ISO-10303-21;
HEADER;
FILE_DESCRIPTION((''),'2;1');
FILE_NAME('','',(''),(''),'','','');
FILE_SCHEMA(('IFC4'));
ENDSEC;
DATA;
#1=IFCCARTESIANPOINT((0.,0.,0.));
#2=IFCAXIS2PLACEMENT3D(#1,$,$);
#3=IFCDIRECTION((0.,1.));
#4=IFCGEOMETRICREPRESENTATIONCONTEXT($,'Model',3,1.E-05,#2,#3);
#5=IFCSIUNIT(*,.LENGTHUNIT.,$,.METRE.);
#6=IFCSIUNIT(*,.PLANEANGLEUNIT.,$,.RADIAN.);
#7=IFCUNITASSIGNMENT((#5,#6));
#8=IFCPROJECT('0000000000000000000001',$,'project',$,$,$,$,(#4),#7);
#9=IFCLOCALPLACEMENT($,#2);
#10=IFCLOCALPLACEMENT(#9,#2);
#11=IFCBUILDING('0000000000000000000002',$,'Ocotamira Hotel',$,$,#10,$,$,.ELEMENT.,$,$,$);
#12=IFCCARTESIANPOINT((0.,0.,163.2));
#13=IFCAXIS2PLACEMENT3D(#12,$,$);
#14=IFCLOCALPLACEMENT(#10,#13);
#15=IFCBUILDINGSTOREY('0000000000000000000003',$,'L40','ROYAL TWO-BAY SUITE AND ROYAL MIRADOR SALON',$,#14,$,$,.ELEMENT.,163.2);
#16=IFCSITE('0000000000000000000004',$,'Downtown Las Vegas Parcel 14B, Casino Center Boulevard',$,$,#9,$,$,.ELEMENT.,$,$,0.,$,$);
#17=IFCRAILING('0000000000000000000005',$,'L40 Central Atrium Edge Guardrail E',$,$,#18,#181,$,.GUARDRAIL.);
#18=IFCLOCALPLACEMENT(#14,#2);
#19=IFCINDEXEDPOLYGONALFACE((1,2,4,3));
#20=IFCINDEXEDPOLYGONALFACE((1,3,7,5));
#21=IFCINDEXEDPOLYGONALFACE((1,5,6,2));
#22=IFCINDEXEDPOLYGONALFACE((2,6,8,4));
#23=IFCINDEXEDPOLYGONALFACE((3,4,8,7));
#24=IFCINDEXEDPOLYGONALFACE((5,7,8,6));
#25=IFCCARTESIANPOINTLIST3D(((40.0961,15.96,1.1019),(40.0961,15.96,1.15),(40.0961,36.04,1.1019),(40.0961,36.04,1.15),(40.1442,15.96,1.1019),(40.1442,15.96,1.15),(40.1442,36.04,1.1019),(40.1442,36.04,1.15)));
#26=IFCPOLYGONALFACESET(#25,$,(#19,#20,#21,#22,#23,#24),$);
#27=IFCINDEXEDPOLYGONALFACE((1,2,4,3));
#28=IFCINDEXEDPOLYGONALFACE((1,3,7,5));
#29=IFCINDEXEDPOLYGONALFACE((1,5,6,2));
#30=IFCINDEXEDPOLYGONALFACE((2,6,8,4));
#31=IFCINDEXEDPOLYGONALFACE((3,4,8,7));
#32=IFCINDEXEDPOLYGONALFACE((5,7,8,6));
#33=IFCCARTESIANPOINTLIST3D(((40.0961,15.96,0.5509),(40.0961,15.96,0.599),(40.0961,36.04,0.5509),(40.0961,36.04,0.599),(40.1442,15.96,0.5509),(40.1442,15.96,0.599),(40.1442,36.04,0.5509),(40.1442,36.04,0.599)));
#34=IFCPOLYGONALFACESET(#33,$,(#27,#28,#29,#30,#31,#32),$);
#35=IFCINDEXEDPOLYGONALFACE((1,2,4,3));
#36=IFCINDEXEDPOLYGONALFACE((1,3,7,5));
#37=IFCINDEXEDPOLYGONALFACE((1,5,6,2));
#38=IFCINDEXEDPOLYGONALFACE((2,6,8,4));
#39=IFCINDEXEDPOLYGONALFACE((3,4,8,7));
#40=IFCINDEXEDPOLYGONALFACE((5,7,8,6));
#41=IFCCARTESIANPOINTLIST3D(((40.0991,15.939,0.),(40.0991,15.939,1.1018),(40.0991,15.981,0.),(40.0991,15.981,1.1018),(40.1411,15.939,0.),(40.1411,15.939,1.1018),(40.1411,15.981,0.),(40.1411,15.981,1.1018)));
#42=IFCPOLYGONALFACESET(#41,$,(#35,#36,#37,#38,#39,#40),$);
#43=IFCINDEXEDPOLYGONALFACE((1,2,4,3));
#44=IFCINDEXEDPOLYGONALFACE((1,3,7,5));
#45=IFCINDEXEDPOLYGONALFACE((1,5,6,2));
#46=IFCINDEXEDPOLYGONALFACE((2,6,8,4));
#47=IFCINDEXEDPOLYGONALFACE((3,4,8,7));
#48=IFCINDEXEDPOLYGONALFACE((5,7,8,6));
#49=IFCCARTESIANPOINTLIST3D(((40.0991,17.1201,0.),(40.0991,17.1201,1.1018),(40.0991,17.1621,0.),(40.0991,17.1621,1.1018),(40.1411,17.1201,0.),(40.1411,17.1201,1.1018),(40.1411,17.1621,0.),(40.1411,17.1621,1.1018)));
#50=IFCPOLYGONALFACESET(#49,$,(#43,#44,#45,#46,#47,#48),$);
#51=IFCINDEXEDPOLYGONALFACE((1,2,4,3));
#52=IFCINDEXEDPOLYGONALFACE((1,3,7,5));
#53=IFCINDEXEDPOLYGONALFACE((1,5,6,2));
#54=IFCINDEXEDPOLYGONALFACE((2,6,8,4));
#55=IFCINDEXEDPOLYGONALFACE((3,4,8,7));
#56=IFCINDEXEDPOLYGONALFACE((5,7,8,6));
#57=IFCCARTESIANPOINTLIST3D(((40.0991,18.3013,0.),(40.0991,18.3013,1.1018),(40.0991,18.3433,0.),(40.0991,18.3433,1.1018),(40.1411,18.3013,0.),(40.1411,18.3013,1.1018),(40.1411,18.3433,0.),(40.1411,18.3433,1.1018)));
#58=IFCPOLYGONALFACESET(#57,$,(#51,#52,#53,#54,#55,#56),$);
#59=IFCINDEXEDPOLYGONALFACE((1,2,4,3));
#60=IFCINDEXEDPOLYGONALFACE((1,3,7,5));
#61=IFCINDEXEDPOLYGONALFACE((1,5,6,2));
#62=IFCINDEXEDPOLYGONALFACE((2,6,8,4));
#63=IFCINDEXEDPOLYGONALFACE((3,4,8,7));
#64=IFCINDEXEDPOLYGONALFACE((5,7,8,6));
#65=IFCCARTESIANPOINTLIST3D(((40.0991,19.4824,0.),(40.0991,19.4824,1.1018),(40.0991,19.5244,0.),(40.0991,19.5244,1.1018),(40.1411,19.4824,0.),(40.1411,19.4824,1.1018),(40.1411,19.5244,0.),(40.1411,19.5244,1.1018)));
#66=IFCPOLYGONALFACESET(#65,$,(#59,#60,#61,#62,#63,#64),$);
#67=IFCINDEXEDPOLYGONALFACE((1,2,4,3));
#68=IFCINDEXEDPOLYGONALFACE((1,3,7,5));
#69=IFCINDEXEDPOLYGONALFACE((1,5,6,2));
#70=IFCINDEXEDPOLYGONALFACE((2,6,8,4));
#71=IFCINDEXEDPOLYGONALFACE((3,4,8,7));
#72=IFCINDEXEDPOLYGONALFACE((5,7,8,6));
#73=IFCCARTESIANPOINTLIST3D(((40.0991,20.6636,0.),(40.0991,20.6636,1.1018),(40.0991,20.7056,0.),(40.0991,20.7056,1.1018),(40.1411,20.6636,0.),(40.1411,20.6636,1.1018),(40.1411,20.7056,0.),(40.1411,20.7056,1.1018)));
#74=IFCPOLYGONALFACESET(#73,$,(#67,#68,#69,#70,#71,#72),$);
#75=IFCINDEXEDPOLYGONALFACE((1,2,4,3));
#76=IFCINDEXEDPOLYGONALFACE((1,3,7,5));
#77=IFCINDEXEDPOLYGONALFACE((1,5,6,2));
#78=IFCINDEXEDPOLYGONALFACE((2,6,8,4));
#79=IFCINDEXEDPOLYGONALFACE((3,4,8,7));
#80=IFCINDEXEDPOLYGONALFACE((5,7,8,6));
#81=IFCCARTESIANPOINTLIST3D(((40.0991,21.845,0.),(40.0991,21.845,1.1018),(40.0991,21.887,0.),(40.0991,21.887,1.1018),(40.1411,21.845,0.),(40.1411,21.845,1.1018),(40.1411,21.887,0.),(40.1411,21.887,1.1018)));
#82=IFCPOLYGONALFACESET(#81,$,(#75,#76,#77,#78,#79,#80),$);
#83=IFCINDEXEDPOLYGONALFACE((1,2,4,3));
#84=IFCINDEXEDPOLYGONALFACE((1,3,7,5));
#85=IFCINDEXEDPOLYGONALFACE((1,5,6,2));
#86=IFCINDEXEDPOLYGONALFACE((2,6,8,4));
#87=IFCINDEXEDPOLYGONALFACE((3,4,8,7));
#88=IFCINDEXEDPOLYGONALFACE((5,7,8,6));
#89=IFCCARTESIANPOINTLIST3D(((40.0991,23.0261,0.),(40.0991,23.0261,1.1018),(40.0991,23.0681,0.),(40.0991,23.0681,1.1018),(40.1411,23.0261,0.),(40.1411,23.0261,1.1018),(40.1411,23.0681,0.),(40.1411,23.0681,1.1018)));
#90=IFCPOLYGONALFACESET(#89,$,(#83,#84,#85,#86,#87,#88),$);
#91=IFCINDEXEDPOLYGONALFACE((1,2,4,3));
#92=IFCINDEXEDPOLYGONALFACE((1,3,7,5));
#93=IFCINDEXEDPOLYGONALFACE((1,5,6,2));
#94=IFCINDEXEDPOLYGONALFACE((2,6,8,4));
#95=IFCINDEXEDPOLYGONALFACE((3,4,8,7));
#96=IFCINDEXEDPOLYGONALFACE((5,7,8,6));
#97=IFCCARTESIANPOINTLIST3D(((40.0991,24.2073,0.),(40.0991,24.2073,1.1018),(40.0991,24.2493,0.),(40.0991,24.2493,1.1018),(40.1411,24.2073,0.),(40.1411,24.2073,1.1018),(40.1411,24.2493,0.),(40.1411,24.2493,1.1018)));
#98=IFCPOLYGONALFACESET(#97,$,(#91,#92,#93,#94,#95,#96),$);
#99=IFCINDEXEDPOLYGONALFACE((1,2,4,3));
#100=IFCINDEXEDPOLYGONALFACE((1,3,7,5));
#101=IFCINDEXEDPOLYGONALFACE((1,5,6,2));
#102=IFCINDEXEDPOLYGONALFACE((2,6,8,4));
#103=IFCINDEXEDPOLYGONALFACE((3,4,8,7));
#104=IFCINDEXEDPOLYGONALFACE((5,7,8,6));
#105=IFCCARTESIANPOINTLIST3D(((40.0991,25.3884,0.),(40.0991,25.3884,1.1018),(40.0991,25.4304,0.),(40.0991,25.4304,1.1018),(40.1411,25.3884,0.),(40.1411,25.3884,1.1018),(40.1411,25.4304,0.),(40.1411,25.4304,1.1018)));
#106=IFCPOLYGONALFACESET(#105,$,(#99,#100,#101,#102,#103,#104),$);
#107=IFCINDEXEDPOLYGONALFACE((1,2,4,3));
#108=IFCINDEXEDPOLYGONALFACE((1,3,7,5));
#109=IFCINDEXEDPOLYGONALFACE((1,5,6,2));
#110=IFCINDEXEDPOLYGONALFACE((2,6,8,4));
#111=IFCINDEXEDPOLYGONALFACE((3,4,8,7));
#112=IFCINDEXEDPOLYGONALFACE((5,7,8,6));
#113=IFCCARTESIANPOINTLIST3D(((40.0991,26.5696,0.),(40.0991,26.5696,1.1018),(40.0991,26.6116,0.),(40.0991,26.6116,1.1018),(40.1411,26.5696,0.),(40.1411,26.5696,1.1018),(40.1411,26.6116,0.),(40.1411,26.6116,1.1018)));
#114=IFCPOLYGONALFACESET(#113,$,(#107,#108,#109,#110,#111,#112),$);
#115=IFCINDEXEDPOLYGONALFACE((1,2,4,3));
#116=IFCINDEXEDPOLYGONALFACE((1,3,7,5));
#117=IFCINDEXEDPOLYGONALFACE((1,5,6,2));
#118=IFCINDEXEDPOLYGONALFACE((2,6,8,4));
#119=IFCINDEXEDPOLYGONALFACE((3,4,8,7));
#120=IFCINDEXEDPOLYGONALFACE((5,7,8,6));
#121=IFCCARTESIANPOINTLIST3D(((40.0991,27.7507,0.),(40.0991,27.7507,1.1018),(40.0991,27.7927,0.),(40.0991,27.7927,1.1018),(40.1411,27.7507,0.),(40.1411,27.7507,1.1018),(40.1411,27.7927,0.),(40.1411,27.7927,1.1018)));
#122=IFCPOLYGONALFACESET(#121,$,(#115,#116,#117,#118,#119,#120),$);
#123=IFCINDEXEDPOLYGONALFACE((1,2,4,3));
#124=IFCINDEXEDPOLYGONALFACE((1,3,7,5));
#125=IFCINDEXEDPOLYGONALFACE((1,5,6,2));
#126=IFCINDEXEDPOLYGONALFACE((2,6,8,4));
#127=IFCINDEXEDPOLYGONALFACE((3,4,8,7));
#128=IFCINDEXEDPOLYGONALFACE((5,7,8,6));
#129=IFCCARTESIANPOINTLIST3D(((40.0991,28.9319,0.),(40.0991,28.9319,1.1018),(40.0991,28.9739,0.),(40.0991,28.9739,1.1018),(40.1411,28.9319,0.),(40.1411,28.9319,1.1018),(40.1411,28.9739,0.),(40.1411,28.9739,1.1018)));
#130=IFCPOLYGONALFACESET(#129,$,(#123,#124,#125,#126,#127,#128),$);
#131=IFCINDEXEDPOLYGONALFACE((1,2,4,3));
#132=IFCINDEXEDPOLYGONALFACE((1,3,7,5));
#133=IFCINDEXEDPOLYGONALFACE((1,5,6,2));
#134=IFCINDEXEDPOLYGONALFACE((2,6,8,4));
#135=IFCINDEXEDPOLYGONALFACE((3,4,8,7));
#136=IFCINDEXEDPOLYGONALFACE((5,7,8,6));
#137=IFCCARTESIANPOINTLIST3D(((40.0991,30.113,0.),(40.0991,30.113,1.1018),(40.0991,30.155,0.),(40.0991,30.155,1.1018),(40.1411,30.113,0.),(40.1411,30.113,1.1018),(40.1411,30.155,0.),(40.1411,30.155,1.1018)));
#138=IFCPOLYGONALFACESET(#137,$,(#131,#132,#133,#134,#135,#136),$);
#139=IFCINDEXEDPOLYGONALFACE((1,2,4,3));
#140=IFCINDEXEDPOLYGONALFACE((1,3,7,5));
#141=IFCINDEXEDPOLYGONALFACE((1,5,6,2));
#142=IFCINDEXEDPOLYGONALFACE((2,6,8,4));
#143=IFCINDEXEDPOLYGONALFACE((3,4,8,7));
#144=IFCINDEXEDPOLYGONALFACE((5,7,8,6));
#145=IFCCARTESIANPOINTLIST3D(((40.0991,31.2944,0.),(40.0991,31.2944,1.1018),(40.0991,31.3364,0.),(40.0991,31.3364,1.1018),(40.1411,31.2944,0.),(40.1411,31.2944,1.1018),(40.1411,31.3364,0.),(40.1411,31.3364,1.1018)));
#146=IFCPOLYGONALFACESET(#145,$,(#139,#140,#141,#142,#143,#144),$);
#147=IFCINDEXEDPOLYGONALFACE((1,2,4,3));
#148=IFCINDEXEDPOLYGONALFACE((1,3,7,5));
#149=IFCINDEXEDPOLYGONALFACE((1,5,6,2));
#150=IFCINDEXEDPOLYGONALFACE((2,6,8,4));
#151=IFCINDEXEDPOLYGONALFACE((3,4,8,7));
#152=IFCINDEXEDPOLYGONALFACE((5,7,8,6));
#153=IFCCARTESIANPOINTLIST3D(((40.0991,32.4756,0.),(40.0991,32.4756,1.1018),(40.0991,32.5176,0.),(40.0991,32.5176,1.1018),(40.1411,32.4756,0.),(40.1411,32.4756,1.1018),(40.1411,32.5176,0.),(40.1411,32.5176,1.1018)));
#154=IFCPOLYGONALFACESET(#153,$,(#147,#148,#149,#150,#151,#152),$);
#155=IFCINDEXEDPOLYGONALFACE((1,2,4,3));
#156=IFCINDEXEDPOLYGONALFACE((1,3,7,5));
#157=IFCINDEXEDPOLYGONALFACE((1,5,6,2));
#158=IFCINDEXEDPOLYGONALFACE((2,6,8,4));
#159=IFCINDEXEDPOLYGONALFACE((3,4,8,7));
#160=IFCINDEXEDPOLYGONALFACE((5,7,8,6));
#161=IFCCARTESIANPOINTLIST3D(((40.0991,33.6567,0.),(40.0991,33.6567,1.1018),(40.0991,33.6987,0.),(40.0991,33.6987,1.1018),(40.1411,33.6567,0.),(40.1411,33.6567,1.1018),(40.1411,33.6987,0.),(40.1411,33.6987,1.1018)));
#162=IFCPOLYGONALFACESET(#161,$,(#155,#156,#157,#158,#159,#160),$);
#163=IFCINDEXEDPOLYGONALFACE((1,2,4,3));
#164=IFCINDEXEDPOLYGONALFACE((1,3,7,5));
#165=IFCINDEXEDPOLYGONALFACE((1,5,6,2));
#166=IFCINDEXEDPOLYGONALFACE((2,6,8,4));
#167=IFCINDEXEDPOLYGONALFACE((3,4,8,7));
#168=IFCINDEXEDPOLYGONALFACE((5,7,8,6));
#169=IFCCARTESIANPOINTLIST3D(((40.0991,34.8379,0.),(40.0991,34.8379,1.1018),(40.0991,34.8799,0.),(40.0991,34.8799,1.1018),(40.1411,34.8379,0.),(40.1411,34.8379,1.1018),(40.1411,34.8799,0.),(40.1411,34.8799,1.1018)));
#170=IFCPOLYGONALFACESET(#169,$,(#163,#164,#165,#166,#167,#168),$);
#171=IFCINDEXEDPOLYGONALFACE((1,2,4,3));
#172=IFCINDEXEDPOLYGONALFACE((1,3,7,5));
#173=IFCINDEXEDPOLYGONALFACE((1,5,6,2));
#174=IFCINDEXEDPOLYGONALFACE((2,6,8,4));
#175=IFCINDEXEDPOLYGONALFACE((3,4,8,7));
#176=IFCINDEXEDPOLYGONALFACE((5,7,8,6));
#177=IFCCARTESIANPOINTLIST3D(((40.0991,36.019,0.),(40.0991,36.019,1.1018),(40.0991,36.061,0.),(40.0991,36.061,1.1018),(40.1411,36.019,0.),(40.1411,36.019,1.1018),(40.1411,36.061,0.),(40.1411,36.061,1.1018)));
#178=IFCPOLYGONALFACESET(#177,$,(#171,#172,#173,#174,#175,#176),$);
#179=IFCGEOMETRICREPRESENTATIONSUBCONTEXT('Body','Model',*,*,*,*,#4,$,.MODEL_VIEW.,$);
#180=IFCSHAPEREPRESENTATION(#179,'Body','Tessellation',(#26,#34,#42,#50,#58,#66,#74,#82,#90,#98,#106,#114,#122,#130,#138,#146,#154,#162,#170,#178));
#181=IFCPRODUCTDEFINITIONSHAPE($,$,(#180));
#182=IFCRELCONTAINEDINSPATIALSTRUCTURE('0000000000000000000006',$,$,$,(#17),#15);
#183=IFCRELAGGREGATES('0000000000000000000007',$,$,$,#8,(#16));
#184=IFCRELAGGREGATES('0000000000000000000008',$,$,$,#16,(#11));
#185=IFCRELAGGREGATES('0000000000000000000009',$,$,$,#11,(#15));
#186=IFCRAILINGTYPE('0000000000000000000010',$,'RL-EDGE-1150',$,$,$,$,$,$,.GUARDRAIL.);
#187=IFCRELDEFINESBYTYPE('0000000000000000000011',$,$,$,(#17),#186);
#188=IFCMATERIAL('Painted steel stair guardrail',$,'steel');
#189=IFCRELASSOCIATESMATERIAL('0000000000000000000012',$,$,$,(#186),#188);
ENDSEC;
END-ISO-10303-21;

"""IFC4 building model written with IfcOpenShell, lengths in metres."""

from ifc_helpers import new_model, si_unit, direction, frame, origin, origin_2d, place, context, subcontext, project, spatial, rectangle, extrude, material, type_object, element, save


model = new_model("IFC4")

# Units and contexts
model_context = context("Model", 3, precision=1e-05, world=origin(), true_north=direction((0.0, 1.0)))
body_context = subcontext(model_context, "Body", "Model", "MODEL_VIEW")
ifc_project = project(units=[si_unit("LENGTHUNIT", "METRE"), si_unit("PLANEANGLEUNIT", "RADIAN")], contexts=[model_context])

# Site, building, storey
site_placement = place(None, origin())
site = spatial("IfcSite", under=ifc_project, at=site_placement, Name="Downtown Las Vegas Parcel 14B, Casino Center Boulevard", CompositionType="ELEMENT", RefElevation=0.0)
building_placement = place(site_placement, origin())
building = spatial("IfcBuilding", under=site, at=building_placement, Name="Ocotamira Hotel", CompositionType="ELEMENT")
storey_placement = place(building_placement, frame((0.0, 0.0, 163.2)))
storey = spatial("IfcBuildingStorey", under=building, at=storey_placement, Name="L40", Description="ROYAL TWO-BAY SUITE AND ROYAL MIRADOR SALON", CompositionType="ELEMENT", Elevation=163.2)

# Railing
ifc_material_1 = material(Name="Painted steel stair guardrail", Category="steel")
railing_type = type_object("IfcRailingType", Name="RL-EDGE-1150", PredefinedType="GUARDRAIL", material=ifc_material_1)
railing_1_placement = place(storey_placement, frame((40.1201, 15.96, 0.0)))
element("IfcRailing", 1, at=railing_1_placement, inside=storey, type_object=railing_type, Name="L40 Central Atrium Edge Guardrail E", PredefinedType="GUARDRAIL", context=body_context, shape_type="SweptSolid", body=[
    extrude(rectangle(XDim=0.0481, YDim=0.0481, at=origin_2d()), frame((0.0, 0.0, 1.126), z_axis=(0.0, 1.0, 0.0), x_axis=(-1.0, 0.0, 0.0)), (0.0, 0.0, 1.0), 20.0801),
    extrude(rectangle(XDim=0.0481, YDim=0.0481, at=origin_2d()), frame((0.0, 0.0, 0.575), z_axis=(0.0, 1.0, 0.0), x_axis=(-1.0, 0.0, 0.0)), (0.0, 0.0, 1.0), 20.0801),
    extrude(rectangle(XDim=0.042, YDim=0.042, at=origin_2d()), origin(), (0.0, 0.0, 1.0), 1.1018),
    extrude(rectangle(XDim=0.042, YDim=0.042, at=origin_2d()), frame((0.0, 1.1812, 0.0)), (0.0, 0.0, 1.0), 1.1018),
    extrude(rectangle(XDim=0.042, YDim=0.042, at=origin_2d()), frame((0.0, 2.3623, 0.0)), (0.0, 0.0, 1.0), 1.1018),
    extrude(rectangle(XDim=0.042, YDim=0.042, at=origin_2d()), frame((0.0, 3.5435, 0.0)), (0.0, 0.0, 1.0), 1.1018),
    extrude(rectangle(XDim=0.042, YDim=0.042, at=origin_2d()), frame((0.0, 4.7246, 0.0)), (0.0, 0.0, 1.0), 1.1018),
    extrude(rectangle(XDim=0.042, YDim=0.042, at=origin_2d()), frame((0.0, 5.906, 0.0)), (0.0, 0.0, 1.0), 1.1018),
    extrude(rectangle(XDim=0.042, YDim=0.042, at=origin_2d()), frame((0.0, 7.0872, 0.0)), (0.0, 0.0, 1.0), 1.1018),
    extrude(rectangle(XDim=0.042, YDim=0.042, at=origin_2d()), frame((0.0, 8.2683, 0.0)), (0.0, 0.0, 1.0), 1.1018),
    extrude(rectangle(XDim=0.042, YDim=0.042, at=origin_2d()), frame((0.0, 9.4495, 0.0)), (0.0, 0.0, 1.0), 1.1018),
    extrude(rectangle(XDim=0.042, YDim=0.042, at=origin_2d()), frame((0.0, 10.6306, 0.0)), (0.0, 0.0, 1.0), 1.1018),
    extrude(rectangle(XDim=0.042, YDim=0.042, at=origin_2d()), frame((0.0, 11.8118, 0.0)), (0.0, 0.0, 1.0), 1.1018),
    extrude(rectangle(XDim=0.042, YDim=0.042, at=origin_2d()), frame((0.0, 12.9929, 0.0)), (0.0, 0.0, 1.0), 1.1018),
    extrude(rectangle(XDim=0.042, YDim=0.042, at=origin_2d()), frame((0.0, 14.1741, 0.0)), (0.0, 0.0, 1.0), 1.1018),
    extrude(rectangle(XDim=0.042, YDim=0.042, at=origin_2d()), frame((0.0, 15.3555, 0.0)), (0.0, 0.0, 1.0), 1.1018),
    extrude(rectangle(XDim=0.042, YDim=0.042, at=origin_2d()), frame((0.0, 16.5366, 0.0)), (0.0, 0.0, 1.0), 1.1018),
    extrude(rectangle(XDim=0.042, YDim=0.042, at=origin_2d()), frame((0.0, 17.7178, 0.0)), (0.0, 0.0, 1.0), 1.1018),
    extrude(rectangle(XDim=0.042, YDim=0.042, at=origin_2d()), frame((0.0, 18.8989, 0.0)), (0.0, 0.0, 1.0), 1.1018),
    extrude(rectangle(XDim=0.042, YDim=0.042, at=origin_2d()), frame((0.0, 20.0801, 0.0)), (0.0, 0.0, 1.0), 1.1018),
])

save(model, "model.ifc")
